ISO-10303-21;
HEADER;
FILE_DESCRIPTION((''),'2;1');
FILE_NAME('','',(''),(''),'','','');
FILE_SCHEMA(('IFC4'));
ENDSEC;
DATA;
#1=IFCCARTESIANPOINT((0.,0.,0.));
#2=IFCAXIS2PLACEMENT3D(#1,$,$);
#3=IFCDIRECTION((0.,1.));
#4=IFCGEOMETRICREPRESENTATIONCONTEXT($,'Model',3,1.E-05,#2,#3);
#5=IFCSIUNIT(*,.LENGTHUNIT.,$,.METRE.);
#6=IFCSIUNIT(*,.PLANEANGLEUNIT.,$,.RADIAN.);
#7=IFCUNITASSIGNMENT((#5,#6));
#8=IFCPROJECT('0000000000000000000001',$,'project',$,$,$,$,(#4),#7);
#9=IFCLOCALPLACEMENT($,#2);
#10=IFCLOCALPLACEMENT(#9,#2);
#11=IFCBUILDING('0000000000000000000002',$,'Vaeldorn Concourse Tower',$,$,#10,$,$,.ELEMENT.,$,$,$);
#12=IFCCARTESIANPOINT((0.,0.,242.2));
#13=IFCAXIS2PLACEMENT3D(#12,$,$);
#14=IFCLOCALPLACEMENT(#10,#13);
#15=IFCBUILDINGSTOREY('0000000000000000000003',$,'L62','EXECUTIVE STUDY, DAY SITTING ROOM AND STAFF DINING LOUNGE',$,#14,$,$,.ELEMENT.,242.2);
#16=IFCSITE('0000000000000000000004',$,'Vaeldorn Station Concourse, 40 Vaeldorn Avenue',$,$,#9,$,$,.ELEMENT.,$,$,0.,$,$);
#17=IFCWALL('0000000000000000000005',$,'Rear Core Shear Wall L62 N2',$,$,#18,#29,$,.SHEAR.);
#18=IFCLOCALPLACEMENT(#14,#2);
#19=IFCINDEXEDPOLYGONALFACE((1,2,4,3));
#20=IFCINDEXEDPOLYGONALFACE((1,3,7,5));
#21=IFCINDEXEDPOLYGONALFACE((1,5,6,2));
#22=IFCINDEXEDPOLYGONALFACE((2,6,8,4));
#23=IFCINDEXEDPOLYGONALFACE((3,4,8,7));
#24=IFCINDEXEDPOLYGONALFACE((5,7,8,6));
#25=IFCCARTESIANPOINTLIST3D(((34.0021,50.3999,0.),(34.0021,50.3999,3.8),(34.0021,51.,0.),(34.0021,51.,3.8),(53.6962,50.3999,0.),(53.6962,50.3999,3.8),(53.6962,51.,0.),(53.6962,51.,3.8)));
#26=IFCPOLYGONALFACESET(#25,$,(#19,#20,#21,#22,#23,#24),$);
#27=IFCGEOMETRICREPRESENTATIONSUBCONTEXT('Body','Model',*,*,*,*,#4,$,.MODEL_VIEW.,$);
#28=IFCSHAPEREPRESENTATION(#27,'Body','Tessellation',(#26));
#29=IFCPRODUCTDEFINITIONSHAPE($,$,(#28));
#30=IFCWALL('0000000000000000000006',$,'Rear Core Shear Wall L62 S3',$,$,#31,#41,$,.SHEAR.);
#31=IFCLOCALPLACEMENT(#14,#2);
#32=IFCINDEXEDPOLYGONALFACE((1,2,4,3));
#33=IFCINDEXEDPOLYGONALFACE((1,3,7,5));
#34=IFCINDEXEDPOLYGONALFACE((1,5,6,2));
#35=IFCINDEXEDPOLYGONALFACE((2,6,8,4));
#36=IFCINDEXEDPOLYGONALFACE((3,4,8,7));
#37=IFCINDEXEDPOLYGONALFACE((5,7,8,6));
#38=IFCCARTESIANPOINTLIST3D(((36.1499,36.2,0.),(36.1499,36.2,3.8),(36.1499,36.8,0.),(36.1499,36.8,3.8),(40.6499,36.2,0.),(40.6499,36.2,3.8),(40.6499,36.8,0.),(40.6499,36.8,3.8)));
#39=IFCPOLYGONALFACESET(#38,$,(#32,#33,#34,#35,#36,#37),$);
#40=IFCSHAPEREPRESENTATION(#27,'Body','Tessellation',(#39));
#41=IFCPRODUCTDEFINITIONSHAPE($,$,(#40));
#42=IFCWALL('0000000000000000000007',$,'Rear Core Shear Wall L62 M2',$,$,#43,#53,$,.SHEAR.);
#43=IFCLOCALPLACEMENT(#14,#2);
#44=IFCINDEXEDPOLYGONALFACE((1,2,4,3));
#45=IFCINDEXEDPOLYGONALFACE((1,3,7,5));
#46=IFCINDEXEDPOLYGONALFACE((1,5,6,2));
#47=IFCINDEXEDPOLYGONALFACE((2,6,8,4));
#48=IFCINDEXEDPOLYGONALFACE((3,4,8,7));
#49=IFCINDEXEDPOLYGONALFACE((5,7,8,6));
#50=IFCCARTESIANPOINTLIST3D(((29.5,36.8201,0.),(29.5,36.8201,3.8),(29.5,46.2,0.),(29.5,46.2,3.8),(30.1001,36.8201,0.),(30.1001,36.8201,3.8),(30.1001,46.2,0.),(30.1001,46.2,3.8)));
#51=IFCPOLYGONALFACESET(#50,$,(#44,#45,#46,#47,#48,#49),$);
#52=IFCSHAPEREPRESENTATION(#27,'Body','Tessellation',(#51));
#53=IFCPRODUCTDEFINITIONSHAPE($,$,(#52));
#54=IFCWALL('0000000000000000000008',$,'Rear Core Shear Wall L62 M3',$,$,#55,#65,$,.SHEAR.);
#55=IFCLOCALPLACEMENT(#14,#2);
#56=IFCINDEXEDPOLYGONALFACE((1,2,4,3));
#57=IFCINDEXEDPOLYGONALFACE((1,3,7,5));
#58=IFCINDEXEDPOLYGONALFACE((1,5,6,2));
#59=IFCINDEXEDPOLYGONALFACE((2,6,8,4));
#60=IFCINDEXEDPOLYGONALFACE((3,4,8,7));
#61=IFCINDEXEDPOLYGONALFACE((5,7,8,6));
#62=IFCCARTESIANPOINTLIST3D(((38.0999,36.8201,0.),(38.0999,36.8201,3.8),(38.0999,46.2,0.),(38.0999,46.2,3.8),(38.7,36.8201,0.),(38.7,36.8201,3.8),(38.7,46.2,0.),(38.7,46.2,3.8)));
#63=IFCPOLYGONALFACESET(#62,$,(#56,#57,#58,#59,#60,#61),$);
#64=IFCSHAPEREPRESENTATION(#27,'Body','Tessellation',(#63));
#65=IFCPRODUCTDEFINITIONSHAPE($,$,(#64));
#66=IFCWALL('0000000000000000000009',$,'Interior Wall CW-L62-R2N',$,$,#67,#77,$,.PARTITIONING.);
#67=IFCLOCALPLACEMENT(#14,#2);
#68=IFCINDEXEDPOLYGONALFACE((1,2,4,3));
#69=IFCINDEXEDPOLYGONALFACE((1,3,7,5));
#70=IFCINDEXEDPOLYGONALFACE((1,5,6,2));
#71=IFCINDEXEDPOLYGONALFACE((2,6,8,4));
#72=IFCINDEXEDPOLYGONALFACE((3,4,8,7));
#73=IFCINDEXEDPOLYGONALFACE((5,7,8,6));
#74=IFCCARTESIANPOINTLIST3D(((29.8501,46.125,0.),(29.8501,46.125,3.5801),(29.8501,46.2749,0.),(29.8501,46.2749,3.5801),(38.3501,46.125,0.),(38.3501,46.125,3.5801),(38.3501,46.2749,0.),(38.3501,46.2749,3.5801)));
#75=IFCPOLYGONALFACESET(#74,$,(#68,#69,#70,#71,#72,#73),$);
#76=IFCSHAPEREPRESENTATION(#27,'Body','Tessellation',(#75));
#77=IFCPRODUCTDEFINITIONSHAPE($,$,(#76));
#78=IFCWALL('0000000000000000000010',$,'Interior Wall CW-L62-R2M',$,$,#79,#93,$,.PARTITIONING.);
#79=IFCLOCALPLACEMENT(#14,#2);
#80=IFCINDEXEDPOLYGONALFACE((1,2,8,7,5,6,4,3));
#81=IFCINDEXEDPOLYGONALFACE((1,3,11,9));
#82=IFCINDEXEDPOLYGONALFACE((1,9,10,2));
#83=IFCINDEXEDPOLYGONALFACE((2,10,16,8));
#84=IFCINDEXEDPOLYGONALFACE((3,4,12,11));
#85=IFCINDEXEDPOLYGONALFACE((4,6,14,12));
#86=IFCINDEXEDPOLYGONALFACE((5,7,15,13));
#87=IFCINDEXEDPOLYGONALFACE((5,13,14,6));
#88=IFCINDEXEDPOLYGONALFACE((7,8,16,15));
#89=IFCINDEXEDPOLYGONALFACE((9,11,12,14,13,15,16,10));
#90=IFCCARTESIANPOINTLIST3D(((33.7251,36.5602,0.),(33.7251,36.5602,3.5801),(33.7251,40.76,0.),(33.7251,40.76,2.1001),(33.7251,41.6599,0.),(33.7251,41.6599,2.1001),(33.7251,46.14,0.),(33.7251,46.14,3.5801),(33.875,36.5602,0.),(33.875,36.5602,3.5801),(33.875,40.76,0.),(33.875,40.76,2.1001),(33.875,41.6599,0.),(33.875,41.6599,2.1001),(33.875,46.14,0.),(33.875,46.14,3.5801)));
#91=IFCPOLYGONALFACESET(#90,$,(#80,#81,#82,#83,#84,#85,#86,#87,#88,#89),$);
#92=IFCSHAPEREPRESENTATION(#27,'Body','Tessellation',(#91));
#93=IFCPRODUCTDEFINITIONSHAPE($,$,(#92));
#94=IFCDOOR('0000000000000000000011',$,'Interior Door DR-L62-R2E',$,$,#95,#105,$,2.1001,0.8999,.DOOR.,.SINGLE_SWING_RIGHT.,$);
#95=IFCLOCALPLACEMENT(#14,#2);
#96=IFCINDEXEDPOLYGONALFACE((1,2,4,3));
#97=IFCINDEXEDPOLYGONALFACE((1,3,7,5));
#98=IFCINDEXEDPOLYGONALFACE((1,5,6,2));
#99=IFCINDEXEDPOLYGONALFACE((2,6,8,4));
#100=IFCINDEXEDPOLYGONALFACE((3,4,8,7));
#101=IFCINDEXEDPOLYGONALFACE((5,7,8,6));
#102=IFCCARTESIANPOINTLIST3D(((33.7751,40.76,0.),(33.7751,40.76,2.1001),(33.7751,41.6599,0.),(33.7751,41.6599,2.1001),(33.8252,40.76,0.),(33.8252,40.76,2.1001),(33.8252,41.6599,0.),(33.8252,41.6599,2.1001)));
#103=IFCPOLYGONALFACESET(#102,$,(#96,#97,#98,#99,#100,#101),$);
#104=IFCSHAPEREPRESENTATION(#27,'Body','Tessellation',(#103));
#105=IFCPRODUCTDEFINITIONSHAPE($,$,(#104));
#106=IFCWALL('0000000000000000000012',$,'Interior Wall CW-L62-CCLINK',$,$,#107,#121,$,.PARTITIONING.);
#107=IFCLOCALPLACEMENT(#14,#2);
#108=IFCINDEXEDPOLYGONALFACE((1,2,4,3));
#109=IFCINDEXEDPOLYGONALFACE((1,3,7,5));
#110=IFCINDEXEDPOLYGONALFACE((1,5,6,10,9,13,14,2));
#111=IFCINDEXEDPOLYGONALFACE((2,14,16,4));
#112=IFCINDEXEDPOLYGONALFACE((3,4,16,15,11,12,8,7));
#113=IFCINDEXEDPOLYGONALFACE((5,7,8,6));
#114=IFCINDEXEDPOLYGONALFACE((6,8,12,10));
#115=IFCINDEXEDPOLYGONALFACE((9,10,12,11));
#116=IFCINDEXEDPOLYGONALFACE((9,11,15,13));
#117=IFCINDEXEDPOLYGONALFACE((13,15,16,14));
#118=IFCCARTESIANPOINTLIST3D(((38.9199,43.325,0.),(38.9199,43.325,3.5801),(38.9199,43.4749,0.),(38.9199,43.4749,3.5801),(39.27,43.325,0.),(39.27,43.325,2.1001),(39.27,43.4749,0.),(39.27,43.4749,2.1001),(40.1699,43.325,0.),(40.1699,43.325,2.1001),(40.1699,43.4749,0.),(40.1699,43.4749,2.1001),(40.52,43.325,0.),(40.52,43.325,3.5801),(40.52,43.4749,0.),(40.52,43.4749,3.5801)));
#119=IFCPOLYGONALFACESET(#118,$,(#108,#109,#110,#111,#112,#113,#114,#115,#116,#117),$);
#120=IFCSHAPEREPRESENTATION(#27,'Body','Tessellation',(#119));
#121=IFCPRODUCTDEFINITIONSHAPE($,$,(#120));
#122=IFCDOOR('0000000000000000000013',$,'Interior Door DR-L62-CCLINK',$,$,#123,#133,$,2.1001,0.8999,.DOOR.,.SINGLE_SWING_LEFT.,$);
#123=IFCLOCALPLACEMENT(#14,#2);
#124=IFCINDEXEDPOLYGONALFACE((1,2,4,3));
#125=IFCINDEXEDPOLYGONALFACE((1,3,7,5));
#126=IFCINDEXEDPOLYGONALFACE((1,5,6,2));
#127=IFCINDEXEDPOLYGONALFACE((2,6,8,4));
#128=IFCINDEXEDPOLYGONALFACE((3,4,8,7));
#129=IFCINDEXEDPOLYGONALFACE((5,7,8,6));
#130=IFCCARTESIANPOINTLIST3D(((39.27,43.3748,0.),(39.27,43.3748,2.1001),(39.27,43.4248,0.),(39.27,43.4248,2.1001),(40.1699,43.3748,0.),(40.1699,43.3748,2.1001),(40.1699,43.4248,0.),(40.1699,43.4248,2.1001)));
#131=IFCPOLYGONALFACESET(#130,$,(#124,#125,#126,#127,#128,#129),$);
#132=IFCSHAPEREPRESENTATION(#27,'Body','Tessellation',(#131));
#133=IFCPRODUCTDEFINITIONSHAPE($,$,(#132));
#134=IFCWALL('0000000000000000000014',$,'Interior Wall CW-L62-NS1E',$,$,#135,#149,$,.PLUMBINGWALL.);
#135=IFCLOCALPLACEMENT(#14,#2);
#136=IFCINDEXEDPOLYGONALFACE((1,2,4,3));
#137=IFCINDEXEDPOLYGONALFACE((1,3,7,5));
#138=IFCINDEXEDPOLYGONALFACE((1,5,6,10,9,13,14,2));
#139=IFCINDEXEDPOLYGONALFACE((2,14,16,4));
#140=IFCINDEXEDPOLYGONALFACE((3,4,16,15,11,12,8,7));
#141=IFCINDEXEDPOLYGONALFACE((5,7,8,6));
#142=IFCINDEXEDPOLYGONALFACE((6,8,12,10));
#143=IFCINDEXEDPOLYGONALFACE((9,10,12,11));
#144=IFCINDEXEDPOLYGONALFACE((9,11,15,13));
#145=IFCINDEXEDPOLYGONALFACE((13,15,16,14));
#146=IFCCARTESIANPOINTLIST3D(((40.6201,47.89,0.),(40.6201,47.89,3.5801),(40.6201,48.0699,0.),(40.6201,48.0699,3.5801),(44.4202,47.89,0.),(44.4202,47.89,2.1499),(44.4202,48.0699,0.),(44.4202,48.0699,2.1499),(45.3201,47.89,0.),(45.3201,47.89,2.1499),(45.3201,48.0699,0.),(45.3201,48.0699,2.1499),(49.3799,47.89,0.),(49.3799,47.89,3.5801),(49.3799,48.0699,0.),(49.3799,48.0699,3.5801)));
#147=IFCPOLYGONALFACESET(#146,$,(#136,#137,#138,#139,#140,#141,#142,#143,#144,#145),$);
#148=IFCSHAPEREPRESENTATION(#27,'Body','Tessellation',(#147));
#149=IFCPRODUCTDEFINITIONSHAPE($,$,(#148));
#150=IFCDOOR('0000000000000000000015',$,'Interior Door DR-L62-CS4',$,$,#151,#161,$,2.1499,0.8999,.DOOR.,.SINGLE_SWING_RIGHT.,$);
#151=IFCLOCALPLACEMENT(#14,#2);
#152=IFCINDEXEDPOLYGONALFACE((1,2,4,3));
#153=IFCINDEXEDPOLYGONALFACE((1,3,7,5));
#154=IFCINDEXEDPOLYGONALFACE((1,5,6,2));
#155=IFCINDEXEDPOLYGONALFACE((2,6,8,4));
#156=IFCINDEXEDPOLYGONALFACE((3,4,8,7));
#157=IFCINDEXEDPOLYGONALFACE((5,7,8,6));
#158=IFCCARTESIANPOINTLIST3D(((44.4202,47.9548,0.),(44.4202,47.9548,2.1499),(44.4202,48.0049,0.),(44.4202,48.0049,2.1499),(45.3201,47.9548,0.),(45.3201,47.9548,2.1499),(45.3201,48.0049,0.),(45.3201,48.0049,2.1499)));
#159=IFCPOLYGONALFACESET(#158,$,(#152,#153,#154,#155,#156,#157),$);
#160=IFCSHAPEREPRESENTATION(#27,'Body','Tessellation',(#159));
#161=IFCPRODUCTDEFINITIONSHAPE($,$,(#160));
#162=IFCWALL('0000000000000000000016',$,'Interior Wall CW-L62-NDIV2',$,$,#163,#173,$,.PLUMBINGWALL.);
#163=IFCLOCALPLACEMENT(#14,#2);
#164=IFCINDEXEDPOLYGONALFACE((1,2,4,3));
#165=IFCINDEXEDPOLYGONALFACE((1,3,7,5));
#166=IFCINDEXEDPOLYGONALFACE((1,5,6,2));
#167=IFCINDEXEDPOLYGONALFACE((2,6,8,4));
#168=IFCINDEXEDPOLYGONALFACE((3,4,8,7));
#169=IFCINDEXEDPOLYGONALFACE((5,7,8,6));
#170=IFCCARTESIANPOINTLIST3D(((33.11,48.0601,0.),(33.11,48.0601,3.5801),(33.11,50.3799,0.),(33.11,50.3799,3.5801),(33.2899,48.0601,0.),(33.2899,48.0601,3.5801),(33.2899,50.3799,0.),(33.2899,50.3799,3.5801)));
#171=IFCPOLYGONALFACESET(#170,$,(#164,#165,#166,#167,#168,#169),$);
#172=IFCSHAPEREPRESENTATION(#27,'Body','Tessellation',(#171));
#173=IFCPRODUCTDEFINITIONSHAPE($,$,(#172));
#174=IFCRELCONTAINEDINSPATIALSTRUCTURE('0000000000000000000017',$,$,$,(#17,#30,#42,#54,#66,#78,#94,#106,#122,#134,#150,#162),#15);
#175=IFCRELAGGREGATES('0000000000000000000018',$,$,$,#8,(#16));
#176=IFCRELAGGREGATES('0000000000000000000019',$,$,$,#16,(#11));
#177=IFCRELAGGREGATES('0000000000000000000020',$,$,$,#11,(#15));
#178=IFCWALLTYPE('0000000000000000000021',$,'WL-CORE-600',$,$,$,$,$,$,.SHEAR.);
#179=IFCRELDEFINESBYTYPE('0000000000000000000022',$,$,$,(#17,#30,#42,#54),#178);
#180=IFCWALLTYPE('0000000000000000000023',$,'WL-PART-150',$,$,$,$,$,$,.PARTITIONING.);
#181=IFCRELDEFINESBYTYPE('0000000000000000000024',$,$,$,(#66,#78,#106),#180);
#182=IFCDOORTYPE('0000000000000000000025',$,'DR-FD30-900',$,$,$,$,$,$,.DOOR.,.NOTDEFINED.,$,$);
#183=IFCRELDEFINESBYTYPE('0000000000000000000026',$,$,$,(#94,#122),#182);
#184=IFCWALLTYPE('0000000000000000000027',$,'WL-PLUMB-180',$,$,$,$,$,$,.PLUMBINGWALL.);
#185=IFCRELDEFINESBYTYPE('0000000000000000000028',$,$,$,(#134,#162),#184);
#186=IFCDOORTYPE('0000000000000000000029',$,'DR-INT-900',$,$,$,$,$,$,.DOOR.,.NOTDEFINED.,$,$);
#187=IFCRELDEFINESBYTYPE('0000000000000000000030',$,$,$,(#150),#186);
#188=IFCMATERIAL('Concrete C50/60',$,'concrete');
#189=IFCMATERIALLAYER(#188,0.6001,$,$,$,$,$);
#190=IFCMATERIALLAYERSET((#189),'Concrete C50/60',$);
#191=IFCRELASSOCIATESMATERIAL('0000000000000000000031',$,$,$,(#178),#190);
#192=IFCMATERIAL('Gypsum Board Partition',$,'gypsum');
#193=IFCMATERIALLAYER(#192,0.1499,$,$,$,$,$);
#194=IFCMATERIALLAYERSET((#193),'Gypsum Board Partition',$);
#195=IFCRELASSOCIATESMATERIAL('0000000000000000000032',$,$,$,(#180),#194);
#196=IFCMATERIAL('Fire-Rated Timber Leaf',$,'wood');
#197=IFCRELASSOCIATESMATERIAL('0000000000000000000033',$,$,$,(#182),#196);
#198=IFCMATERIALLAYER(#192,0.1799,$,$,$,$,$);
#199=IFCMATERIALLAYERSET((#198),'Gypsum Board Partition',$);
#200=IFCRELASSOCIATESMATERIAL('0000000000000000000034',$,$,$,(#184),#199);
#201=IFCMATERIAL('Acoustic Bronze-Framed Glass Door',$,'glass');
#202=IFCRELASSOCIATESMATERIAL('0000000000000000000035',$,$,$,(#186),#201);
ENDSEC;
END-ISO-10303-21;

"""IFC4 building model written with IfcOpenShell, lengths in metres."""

from ifc_helpers import new_model, si_unit, direction, frame, frame_2d, origin, place, context, subcontext, project, spatial, rectangle, extrude, source, transform, mapped, material, layer, layer_set, type_object, element, fill, save


model = new_model("IFC4")

# Units and contexts
model_context = context("Model", 3, precision=1e-05, world=origin(), true_north=direction((0.0, 1.0)))
body_context = subcontext(model_context, "Body", "Model", "MODEL_VIEW")
ifc_project = project(units=[si_unit("LENGTHUNIT", "METRE"), si_unit("PLANEANGLEUNIT", "RADIAN")], contexts=[model_context])

# Site, building, storey
site_placement = place(None, origin())
site = spatial("IfcSite", under=ifc_project, at=site_placement, Name="Vaeldorn Station Concourse, 40 Vaeldorn Avenue", CompositionType="ELEMENT", RefElevation=0.0)
building_placement = place(site_placement, origin())
building = spatial("IfcBuilding", under=site, at=building_placement, Name="Vaeldorn Concourse Tower", CompositionType="ELEMENT")
storey_placement = place(building_placement, frame((0.0, 0.0, 242.2)))
storey = spatial("IfcBuildingStorey", under=building, at=storey_placement, Name="L62", Description="EXECUTIVE STUDY, DAY SITTING ROOM AND STAFF DINING LOUNGE", CompositionType="ELEMENT", Elevation=242.2)

# Walls
ifc_material_1 = material(Name="Concrete C50/60", Category="concrete")
ifc_layer_1 = layer(ifc_material_1, 0.6001)
ifc_layer_set_1 = layer_set([ifc_layer_1], Name="Concrete C50/60")
wall_type_1 = type_object("IfcWallType", Name="WL-CORE-600", PredefinedType="SHEAR", material=ifc_layer_set_1)
wall_1_placement = place(storey_placement, frame((34.002, 50.7, 0.0), z_axis=(0.0, 0.0, 1.0), x_axis=(1.0, 0.0, 0.0)))
element("IfcWall", 1, at=wall_1_placement, inside=storey, type_object=wall_type_1, Name="Rear Core Shear Wall L62 N2", PredefinedType="SHEAR", context=body_context, shape_type="SweptSolid", body=[
    extrude(rectangle(XDim=19.6941, YDim=0.6001, at=frame_2d((9.8472, 0.0))), origin(), (0.0, 0.0, 1.0), 3.8),
])
wall_2_placement = place(storey_placement, frame((36.1499, 36.5, 0.0), z_axis=(0.0, 0.0, 1.0), x_axis=(1.0, 0.0, 0.0)))
element("IfcWall", 2, at=wall_2_placement, inside=storey, type_object=wall_type_1, Name="Rear Core Shear Wall L62 S3", PredefinedType="SHEAR", context=body_context, shape_type="SweptSolid", body=[
    extrude(rectangle(XDim=4.5, YDim=0.6001, at=frame_2d((2.25, 0.0))), origin(), (0.0, 0.0, 1.0), 3.8),
])
for number, where, z_axis, x_axis, name in (
    (3, (29.8, 36.8201, 0.0), (0.0, 0.0, 1.0), (0.0, 1.0, 0.0), "Rear Core Shear Wall L62 M2"),
    (4, (38.3999, 36.8201, 0.0), (0.0, 0.0, 1.0), (0.0, 1.0, 0.0), "Rear Core Shear Wall L62 M3"),
):
    element("IfcWall", number, at=place(storey_placement, frame(where, z_axis=z_axis, x_axis=x_axis)), inside=storey, type_object=wall_type_1, Name=name, PredefinedType="SHEAR", context=body_context, shape_type="SweptSolid", body=[
        extrude(rectangle(XDim=9.3799, YDim=0.6001, at=frame_2d((4.6899, 0.0))), origin(), (0.0, 0.0, 1.0), 3.8),
    ])
ifc_material_2 = material(Name="Gypsum Board Partition", Category="gypsum")
ifc_layer_2 = layer(ifc_material_2, 0.1499)
ifc_layer_set_2 = layer_set([ifc_layer_2], Name="Gypsum Board Partition")
wall_type_2 = type_object("IfcWallType", Name="WL-PART-150", PredefinedType="PARTITIONING", material=ifc_layer_set_2)
wall_3_placement = place(storey_placement, frame((29.8501, 46.2, 0.0), z_axis=(0.0, 0.0, 1.0), x_axis=(1.0, 0.0, 0.0)))
element("IfcWall", 5, at=wall_3_placement, inside=storey, type_object=wall_type_2, Name="Interior Wall CW-L62-R2N", PredefinedType="PARTITIONING", context=body_context, shape_type="SweptSolid", body=[
    extrude(rectangle(XDim=8.5, YDim=0.1499, at=frame_2d((4.25, 0.0))), origin(), (0.0, 0.0, 1.0), 3.5801),
])

# Walls, openings, doors
wall_4_placement = place(storey_placement, frame((33.8, 36.5601, 0.0), z_axis=(0.0, 0.0, 1.0), x_axis=(0.0, 1.0, 0.0)))
wall_4 = element("IfcWall", 6, at=wall_4_placement, inside=storey, type_object=wall_type_2, Name="Interior Wall CW-L62-R2M", PredefinedType="PARTITIONING", context=body_context, shape_type="SweptSolid", body=[
    extrude(rectangle(XDim=9.5798, YDim=0.1499, at=frame_2d((4.79, 0.0))), origin(), (0.0, 0.0, 1.0), 3.5801),
])
opening_1_placement = place(wall_4_placement, frame((4.2, 0.0, 0.0)))
opening_1 = element("IfcOpeningElement", 7, at=opening_1_placement, cuts=wall_4, PredefinedType="OPENING", context=body_context, shape_type="SweptSolid", body=[
    extrude(rectangle(XDim=0.8999, YDim=2.1001, at=frame_2d((0.45, 1.05))), frame((0.0, 0.085, 0.0), z_axis=(0.0, -1.0, 0.0), x_axis=(1.0, 0.0, 0.0)), (0.0, 0.0, 1.0), 0.1699),
])
ifc_material_3 = material(Name="Fire-Rated Timber Leaf", Category="wood")
door_type_1 = type_object("IfcDoorType", Name="DR-FD30-900", OperationType="NOTDEFINED", PredefinedType="DOOR", material=ifc_material_3)
shared_shape_1 = source(origin(), body_context, "Body", "SweptSolid", [
    extrude(rectangle(XDim=0.8999, YDim=2.1001, at=frame_2d((0.45, 1.05))), frame((0.0, 0.0249, 0.0), z_axis=(0.0, -1.0, 0.0), x_axis=(1.0, 0.0, 0.0)), (0.0, 0.0, 1.0), 0.05),
])
door_1_placement = place(opening_1_placement, origin())
door_1 = element("IfcDoor", 8, at=door_1_placement, inside=storey, type_object=door_type_1, Name="Interior Door DR-L62-R2E", OperationType="SINGLE_SWING_RIGHT", OverallHeight=2.1001, OverallWidth=0.8999, PredefinedType="DOOR", context=body_context, shape_type="MappedRepresentation", body=[
    mapped(shared_shape_1, transform((0.0, 0.0, 0.0), scale=1.0)),
])
fill(opening_1, door_1)
wall_5_placement = place(storey_placement, frame((38.9199, 43.3999, 0.0), z_axis=(0.0, 0.0, 1.0), x_axis=(1.0, 0.0, 0.0)))
wall_5 = element("IfcWall", 9, at=wall_5_placement, inside=storey, type_object=wall_type_2, Name="Interior Wall CW-L62-CCLINK", PredefinedType="PARTITIONING", context=body_context, shape_type="SweptSolid", body=[
    extrude(rectangle(XDim=1.6001, YDim=0.1499, at=frame_2d((0.8, 0.0))), origin(), (0.0, 0.0, 1.0), 3.5801),
])
opening_2_placement = place(wall_5_placement, frame((0.3501, 0.0, 0.0)))
opening_2 = element("IfcOpeningElement", 10, at=opening_2_placement, cuts=wall_5, PredefinedType="OPENING", context=body_context, shape_type="SweptSolid", body=[
    extrude(rectangle(XDim=0.8999, YDim=2.1001, at=frame_2d((0.45, 1.05))), frame((0.0, 0.085, 0.0), z_axis=(0.0, -1.0, 0.0), x_axis=(1.0, 0.0, 0.0)), (0.0, 0.0, 1.0), 0.1699),
])
door_2_placement = place(opening_2_placement, origin())
door_2 = element("IfcDoor", 11, at=door_2_placement, inside=storey, type_object=door_type_1, Name="Interior Door DR-L62-CCLINK", OperationType="SINGLE_SWING_LEFT", OverallHeight=2.1001, OverallWidth=0.8999, PredefinedType="DOOR", context=body_context, shape_type="MappedRepresentation", body=[
    mapped(shared_shape_1, transform((0.0, 0.0, 0.0), scale=1.0)),
])
fill(opening_2, door_2)
ifc_layer_3 = layer(ifc_material_2, 0.1799)
ifc_layer_set_3 = layer_set([ifc_layer_3], Name="Gypsum Board Partition")
wall_type_3 = type_object("IfcWallType", Name="WL-PLUMB-180", PredefinedType="PLUMBINGWALL", material=ifc_layer_set_3)
wall_6_placement = place(storey_placement, frame((40.6201, 47.98, 0.0), z_axis=(0.0, 0.0, 1.0), x_axis=(1.0, 0.0, 0.0)))
wall_6 = element("IfcWall", 12, at=wall_6_placement, inside=storey, type_object=wall_type_3, Name="Interior Wall CW-L62-NS1E", PredefinedType="PLUMBINGWALL", context=body_context, shape_type="SweptSolid", body=[
    extrude(rectangle(XDim=8.7598, YDim=0.1799, at=frame_2d((4.3799, 0.0))), origin(), (0.0, 0.0, 1.0), 3.5801),
])
opening_3_placement = place(wall_6_placement, frame((3.8, 0.0, 0.0)))
opening_3 = element("IfcOpeningElement", 13, at=opening_3_placement, cuts=wall_6, PredefinedType="OPENING", context=body_context, shape_type="SweptSolid", body=[
    extrude(rectangle(XDim=0.8999, YDim=2.1499, at=frame_2d((0.45, 1.075))), frame((0.0, 0.1001, 0.0), z_axis=(0.0, -1.0, 0.0), x_axis=(1.0, 0.0, 0.0)), (0.0, 0.0, 1.0), 0.2),
])
ifc_material_4 = material(Name="Acoustic Bronze-Framed Glass Door", Category="glass")
door_type_2 = type_object("IfcDoorType", Name="DR-INT-900", OperationType="NOTDEFINED", PredefinedType="DOOR", material=ifc_material_4)
shared_shape_2 = source(origin(), body_context, "Body", "SweptSolid", [
    extrude(rectangle(XDim=0.8999, YDim=2.1499, at=frame_2d((0.45, 1.075))), frame((0.0, 0.0249, 0.0), z_axis=(0.0, -1.0, 0.0), x_axis=(1.0, 0.0, 0.0)), (0.0, 0.0, 1.0), 0.05),
])
door_3_placement = place(opening_3_placement, origin())
door_3 = element("IfcDoor", 14, at=door_3_placement, inside=storey, type_object=door_type_2, Name="Interior Door DR-L62-CS4", OperationType="SINGLE_SWING_RIGHT", OverallHeight=2.1499, OverallWidth=0.8999, PredefinedType="DOOR", context=body_context, shape_type="MappedRepresentation", body=[
    mapped(shared_shape_2, transform((0.0, 0.0, 0.0), scale=1.0)),
])
fill(opening_3, door_3)

# Wall
for number, where, z_axis, x_axis, name in (
    (15, (33.2, 48.0601, 0.0), (0.0, 0.0, 1.0), (0.0, 1.0, 0.0), "Interior Wall CW-L62-NDIV2"),
):
    element("IfcWall", number, at=place(storey_placement, frame(where, z_axis=z_axis, x_axis=x_axis)), inside=storey, type_object=wall_type_3, Name=name, PredefinedType="PLUMBINGWALL", context=body_context, shape_type="SweptSolid", body=[
        extrude(rectangle(XDim=2.3198, YDim=0.1799, at=frame_2d((1.1599, 0.0))), origin(), (0.0, 0.0, 1.0), 3.5801),
    ])

save(model, "model.ifc")
